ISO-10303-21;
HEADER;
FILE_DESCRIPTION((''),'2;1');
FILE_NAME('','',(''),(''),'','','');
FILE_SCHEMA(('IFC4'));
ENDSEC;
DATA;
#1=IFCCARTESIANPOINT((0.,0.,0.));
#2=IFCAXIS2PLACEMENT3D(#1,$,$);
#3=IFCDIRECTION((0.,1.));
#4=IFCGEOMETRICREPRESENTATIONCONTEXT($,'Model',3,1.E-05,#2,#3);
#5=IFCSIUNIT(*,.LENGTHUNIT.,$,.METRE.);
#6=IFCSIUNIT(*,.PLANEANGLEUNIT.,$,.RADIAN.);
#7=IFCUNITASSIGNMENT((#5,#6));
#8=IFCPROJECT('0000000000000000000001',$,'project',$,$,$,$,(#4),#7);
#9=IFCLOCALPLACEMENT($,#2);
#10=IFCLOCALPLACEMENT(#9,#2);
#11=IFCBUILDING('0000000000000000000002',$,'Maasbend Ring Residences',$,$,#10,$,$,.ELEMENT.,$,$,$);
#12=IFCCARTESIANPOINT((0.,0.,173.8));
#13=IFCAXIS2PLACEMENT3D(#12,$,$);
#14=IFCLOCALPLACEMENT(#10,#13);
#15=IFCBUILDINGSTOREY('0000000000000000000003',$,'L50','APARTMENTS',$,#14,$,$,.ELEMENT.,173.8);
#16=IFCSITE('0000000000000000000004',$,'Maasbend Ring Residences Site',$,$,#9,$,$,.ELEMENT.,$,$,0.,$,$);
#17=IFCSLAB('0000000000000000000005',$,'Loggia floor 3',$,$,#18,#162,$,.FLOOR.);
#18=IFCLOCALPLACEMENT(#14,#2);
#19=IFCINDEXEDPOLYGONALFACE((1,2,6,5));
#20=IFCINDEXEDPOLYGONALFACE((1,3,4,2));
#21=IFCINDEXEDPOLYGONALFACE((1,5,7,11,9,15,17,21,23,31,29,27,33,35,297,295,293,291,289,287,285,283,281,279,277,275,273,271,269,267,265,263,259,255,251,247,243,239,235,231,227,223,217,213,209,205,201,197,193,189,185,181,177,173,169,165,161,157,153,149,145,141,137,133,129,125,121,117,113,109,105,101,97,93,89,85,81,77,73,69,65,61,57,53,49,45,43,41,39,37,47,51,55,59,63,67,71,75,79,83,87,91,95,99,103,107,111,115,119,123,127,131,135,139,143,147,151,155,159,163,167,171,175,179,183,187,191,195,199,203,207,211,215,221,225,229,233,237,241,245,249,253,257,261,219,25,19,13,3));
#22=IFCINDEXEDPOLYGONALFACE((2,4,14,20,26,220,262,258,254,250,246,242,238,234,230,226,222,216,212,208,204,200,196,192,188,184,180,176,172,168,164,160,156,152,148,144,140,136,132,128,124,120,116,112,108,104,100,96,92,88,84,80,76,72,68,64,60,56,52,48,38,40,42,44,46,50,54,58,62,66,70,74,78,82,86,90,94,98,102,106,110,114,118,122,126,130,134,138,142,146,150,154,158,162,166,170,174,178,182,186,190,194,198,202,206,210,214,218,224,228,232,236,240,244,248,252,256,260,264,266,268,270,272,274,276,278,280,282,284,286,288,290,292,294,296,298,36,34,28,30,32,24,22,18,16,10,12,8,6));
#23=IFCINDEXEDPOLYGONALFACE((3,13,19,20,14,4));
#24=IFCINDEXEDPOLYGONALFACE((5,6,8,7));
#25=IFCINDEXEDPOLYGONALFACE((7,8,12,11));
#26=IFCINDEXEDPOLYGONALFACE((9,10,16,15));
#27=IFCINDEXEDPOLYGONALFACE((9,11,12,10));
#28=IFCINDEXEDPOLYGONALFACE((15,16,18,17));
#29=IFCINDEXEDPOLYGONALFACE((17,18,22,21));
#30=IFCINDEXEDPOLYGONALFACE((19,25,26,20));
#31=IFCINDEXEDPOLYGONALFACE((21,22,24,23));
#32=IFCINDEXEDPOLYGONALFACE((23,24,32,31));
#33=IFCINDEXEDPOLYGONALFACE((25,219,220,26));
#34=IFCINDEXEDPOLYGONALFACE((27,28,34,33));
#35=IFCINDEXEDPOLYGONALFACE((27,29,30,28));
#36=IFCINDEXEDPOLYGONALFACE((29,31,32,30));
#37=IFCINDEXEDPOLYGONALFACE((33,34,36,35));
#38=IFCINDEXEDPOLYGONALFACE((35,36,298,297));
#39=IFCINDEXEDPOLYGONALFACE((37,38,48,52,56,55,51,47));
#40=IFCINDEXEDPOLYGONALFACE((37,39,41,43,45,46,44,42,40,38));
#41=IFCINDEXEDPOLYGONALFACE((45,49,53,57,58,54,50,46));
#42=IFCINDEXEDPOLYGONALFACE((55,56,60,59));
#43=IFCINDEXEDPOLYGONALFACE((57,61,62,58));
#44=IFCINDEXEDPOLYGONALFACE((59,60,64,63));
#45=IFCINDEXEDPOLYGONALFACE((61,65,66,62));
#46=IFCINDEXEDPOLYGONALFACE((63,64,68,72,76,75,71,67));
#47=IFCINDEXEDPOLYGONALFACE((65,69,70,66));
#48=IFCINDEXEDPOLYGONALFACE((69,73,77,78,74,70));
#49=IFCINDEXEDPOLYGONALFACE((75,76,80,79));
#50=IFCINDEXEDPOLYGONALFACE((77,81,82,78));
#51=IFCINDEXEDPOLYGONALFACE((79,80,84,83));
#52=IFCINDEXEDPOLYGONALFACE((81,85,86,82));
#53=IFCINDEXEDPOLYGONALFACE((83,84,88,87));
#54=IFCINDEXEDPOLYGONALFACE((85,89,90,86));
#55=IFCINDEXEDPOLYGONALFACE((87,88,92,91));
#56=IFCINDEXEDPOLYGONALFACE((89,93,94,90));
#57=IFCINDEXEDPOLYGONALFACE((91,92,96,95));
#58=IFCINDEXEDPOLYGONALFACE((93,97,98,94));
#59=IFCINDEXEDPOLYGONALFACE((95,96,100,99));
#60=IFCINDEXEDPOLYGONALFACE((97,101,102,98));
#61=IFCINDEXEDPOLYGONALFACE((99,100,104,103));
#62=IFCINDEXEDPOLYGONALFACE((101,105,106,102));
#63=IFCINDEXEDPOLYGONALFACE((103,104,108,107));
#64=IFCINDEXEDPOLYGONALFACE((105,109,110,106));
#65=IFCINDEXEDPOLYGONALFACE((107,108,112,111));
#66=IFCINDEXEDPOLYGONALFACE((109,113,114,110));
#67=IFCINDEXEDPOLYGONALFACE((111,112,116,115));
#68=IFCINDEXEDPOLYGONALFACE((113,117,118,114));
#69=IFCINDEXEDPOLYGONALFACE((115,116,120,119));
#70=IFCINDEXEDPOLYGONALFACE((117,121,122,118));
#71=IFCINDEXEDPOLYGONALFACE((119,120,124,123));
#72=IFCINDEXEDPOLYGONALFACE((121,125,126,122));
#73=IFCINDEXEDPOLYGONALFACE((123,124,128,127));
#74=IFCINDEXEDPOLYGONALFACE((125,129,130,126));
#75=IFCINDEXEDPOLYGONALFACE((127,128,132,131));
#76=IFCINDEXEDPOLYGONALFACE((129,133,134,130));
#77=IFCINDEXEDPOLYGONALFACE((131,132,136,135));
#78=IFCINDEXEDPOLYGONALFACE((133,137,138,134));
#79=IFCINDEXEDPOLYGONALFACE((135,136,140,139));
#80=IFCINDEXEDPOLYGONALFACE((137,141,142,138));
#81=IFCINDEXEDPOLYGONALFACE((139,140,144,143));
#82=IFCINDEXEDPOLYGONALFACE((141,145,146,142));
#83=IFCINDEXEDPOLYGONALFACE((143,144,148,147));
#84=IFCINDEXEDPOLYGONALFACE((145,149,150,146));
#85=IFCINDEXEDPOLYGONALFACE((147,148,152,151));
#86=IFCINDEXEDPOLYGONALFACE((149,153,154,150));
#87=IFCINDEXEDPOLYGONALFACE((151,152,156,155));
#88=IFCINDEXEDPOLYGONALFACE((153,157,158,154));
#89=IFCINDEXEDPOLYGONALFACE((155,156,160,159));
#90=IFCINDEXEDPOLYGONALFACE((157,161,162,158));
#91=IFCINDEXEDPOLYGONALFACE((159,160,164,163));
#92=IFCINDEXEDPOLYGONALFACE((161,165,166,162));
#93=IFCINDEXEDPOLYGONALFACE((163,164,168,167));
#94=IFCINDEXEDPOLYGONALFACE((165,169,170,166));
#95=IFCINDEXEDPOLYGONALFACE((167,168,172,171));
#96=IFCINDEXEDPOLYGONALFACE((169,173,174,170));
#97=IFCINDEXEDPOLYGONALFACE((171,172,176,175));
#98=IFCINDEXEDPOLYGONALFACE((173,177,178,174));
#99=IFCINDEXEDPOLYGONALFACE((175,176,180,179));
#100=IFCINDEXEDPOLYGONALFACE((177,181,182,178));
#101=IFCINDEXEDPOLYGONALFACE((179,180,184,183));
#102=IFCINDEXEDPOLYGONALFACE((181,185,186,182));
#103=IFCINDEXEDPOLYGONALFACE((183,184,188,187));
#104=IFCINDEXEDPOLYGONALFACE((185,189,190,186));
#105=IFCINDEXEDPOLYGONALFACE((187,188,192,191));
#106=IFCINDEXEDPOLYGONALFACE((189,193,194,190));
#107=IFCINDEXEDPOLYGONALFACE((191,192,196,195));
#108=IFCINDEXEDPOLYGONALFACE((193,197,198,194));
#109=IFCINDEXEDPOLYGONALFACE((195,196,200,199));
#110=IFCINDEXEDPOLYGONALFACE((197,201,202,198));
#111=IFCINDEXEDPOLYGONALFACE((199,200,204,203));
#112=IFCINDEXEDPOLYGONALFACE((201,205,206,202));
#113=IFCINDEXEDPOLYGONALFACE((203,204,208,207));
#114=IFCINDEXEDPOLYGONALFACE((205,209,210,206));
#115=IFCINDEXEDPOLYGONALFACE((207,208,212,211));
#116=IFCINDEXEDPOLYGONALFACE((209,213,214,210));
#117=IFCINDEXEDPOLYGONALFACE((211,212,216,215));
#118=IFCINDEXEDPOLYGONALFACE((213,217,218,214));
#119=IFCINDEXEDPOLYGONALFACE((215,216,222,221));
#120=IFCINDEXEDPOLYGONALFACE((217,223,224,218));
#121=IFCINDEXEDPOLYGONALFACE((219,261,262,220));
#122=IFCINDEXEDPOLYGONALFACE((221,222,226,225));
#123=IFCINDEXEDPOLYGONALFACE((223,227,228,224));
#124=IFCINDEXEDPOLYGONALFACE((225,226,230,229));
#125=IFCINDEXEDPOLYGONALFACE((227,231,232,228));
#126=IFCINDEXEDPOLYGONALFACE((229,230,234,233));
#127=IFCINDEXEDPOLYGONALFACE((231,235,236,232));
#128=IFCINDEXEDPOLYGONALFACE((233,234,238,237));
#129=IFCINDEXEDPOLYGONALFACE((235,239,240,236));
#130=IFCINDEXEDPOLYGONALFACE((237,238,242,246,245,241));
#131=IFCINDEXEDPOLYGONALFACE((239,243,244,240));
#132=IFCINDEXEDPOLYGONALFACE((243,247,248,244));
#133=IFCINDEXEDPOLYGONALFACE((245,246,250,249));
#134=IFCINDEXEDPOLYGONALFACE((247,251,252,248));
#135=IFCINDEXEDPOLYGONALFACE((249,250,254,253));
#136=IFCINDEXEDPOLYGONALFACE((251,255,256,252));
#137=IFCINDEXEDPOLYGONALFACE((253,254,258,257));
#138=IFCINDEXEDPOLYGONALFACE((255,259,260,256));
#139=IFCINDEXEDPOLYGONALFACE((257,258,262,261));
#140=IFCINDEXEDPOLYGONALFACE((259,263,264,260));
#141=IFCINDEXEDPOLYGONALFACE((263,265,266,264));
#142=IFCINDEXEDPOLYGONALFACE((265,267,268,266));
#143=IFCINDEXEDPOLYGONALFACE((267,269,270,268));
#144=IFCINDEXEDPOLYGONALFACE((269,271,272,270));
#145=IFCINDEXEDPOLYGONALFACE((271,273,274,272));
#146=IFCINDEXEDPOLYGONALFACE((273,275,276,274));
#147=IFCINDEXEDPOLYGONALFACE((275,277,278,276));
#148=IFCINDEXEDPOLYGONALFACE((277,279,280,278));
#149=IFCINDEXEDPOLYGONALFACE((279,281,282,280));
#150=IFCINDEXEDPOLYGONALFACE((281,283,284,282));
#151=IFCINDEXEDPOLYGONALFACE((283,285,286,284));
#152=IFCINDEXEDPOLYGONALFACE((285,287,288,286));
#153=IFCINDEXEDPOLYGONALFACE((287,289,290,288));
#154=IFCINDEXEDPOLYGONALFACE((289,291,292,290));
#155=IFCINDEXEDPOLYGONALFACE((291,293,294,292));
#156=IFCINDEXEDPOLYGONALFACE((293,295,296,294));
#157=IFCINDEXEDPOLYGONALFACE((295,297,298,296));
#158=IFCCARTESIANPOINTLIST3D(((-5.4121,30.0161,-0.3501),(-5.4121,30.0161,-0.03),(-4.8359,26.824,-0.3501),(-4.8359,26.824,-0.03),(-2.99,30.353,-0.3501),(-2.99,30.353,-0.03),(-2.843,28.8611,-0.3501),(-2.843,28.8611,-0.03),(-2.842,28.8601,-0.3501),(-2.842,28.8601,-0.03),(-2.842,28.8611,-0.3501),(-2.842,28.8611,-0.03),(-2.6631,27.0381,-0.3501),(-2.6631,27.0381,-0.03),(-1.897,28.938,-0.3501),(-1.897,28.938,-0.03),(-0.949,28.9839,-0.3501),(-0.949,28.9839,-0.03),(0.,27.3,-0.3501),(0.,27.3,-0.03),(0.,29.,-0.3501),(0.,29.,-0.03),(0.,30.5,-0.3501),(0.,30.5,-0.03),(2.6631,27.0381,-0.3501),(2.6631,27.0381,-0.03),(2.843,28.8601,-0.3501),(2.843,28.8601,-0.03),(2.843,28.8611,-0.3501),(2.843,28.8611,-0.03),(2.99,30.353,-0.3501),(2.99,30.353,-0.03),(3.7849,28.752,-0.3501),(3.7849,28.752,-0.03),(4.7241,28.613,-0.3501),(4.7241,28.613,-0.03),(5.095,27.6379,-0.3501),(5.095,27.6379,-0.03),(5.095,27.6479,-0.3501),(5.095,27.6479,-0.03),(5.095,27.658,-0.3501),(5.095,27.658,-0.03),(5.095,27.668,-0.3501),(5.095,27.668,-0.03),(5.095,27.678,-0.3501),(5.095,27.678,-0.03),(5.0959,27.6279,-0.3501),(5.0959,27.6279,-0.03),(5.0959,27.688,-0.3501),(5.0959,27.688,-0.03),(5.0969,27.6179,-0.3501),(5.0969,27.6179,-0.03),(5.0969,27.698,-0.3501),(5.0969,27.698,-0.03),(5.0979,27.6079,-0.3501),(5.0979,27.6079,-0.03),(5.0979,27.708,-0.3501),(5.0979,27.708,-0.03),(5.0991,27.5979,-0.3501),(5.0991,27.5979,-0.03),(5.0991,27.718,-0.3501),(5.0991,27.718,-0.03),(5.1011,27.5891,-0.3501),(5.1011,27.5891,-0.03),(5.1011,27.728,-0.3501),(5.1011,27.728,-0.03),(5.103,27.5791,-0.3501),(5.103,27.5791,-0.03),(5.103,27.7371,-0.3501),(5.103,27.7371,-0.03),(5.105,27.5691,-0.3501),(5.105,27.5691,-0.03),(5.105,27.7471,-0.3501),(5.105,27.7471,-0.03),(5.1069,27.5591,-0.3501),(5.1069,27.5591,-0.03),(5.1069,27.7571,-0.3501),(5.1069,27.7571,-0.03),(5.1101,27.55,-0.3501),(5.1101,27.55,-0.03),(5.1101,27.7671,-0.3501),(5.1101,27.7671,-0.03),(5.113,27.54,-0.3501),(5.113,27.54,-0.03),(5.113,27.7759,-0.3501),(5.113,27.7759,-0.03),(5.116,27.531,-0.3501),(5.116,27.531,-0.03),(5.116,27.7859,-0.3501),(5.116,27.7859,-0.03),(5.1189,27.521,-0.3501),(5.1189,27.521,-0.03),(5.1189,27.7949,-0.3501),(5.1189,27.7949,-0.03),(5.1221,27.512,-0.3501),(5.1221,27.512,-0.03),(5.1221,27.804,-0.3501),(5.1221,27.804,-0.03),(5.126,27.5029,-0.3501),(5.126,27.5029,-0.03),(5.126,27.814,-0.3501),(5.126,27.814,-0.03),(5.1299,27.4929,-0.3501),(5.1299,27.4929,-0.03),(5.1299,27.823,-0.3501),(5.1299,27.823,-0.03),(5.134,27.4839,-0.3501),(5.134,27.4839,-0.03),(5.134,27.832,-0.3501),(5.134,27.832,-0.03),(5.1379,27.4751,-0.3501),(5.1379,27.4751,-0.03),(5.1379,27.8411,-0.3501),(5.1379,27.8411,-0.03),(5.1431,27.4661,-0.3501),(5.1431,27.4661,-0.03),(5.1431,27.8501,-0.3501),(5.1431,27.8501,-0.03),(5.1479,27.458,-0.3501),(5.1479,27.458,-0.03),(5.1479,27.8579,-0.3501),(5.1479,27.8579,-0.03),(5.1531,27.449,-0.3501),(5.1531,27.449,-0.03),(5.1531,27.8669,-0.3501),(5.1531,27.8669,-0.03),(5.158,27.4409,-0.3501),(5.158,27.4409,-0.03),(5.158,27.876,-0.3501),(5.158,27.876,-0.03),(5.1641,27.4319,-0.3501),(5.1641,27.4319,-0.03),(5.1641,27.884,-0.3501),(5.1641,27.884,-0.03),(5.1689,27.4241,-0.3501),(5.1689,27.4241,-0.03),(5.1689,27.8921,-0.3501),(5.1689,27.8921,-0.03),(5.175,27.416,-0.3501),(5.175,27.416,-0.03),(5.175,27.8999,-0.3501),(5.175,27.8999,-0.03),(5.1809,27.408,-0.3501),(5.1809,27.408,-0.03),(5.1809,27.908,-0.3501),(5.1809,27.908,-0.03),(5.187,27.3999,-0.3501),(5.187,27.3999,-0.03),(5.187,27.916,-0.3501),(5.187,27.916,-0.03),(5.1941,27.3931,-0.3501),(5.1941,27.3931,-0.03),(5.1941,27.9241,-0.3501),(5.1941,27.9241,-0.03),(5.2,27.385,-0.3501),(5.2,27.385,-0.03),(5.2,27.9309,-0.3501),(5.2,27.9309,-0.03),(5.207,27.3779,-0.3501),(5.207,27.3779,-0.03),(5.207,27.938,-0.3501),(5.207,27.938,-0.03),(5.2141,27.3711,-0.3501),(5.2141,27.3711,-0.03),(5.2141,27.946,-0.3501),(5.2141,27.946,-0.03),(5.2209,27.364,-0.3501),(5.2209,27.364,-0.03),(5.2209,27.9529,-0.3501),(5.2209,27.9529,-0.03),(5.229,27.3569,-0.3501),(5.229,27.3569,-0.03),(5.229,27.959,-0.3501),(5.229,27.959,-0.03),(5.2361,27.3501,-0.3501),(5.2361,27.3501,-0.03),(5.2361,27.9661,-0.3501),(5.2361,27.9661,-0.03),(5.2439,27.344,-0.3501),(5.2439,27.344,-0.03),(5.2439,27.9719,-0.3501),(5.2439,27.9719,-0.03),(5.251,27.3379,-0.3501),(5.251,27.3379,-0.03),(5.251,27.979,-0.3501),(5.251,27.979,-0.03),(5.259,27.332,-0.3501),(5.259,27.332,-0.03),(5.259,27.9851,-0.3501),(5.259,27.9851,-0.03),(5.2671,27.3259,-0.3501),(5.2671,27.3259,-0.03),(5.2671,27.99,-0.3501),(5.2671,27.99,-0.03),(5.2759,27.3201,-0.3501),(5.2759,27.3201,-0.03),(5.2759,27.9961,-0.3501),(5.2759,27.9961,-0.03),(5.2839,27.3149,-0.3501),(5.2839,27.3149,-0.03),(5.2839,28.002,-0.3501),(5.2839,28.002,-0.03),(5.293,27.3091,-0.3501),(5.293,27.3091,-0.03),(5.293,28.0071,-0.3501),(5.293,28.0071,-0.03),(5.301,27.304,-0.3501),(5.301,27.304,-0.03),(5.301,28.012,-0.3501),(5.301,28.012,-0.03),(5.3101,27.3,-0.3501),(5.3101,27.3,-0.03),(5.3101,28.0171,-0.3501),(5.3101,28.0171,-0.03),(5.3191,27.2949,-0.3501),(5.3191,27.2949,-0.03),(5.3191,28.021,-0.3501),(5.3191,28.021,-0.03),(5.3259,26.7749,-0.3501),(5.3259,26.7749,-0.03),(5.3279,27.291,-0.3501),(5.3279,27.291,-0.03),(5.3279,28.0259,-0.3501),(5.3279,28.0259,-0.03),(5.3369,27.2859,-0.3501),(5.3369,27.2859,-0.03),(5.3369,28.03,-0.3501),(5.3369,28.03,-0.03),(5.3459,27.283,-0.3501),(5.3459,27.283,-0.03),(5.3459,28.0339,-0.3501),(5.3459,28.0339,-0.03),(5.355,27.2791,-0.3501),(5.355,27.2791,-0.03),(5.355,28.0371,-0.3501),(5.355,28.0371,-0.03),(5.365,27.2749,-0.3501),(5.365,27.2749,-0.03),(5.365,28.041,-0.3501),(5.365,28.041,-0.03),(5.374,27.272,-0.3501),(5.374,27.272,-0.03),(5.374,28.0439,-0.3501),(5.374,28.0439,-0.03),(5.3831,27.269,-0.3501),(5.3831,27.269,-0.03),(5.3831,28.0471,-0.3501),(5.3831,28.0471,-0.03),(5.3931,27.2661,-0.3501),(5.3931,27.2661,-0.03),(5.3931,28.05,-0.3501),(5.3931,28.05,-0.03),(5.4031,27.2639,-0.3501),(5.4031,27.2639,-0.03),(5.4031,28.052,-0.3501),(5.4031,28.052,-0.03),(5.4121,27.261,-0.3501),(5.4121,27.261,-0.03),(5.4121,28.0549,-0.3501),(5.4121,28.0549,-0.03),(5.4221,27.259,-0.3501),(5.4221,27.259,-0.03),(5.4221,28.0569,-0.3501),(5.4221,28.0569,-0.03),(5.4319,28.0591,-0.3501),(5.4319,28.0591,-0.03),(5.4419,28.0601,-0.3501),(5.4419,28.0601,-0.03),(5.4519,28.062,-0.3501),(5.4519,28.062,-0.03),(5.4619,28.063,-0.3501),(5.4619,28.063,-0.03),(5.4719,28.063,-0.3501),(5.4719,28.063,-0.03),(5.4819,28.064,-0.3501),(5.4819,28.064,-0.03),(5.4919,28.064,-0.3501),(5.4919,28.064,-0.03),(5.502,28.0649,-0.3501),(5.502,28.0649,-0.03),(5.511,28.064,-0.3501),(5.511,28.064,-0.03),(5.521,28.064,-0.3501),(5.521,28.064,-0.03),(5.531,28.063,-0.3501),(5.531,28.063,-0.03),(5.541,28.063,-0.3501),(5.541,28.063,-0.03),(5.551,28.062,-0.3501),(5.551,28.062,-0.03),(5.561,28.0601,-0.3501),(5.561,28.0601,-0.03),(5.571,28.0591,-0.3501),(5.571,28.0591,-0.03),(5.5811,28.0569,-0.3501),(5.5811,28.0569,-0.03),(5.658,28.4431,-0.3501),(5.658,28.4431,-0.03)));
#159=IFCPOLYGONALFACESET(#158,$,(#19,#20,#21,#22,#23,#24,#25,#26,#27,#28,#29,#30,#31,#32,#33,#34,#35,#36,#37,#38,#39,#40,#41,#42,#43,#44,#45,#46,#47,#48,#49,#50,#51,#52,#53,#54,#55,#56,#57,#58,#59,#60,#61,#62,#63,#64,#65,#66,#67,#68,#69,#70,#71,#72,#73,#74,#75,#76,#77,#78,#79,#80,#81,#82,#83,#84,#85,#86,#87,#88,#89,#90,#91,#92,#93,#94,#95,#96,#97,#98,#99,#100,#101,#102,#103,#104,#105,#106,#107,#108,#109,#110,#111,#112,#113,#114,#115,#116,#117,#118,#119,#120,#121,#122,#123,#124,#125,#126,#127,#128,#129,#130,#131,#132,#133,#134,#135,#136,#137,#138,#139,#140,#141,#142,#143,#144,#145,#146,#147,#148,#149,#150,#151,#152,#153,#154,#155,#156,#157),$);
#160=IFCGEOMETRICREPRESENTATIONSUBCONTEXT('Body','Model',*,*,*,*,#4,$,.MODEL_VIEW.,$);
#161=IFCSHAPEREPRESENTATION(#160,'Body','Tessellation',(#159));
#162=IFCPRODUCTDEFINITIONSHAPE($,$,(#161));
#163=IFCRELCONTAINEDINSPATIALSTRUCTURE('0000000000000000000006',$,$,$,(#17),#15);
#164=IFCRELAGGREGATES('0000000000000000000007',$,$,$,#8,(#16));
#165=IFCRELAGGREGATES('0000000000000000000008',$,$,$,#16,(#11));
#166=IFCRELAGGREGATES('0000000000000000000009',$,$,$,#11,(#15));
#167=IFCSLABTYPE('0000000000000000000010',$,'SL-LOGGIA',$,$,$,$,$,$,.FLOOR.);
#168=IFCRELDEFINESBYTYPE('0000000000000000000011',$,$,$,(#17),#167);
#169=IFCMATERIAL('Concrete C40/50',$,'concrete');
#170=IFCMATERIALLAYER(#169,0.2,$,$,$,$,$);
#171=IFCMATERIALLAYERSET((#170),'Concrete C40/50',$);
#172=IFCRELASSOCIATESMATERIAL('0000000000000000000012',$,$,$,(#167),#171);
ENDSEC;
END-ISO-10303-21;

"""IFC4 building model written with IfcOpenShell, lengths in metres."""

from ifc_helpers import new_model, si_unit, direction, frame, origin, place, context, subcontext, project, spatial, polyline, outline, extrude, material, layer, layer_set, type_object, element, save


model = new_model("IFC4")

# Units and contexts
model_context = context("Model", 3, precision=1e-05, world=origin(), true_north=direction((0.0, 1.0)))
body_context = subcontext(model_context, "Body", "Model", "MODEL_VIEW")
ifc_project = project(units=[si_unit("LENGTHUNIT", "METRE"), si_unit("PLANEANGLEUNIT", "RADIAN")], contexts=[model_context])

# Site, building, storey
site_placement = place(None, origin())
site = spatial("IfcSite", under=ifc_project, at=site_placement, Name="Maasbend Ring Residences Site", CompositionType="ELEMENT", RefElevation=0.0)
building_placement = place(site_placement, origin())
building = spatial("IfcBuilding", under=site, at=building_placement, Name="Maasbend Ring Residences", CompositionType="ELEMENT")
storey_placement = place(building_placement, frame((0.0, 0.0, 173.8)))
storey = spatial("IfcBuildingStorey", under=building, at=storey_placement, Name="L50", Description="APARTMENTS", CompositionType="ELEMENT", Elevation=173.8)

# Slab
ifc_material_1 = material(Name="Concrete C40/50", Category="concrete")
ifc_layer_1 = layer(ifc_material_1, 0.2)
ifc_layer_set_1 = layer_set([ifc_layer_1], Name="Concrete C40/50")
slab_type_1 = type_object("IfcSlabType", Name="SL-LOGGIA", PredefinedType="FLOOR", material=ifc_layer_set_1)
slab_1_placement = place(storey_placement, frame((0.0, 0.0, -0.3501)))
element("IfcSlab", 1, at=slab_1_placement, inside=storey, type_object=slab_type_1, Name="Loggia floor 3", PredefinedType="FLOOR", context=body_context, shape_type="SweptSolid", body=[
    extrude(outline(polyline([(-2.843, 28.8611), (-2.843, 28.8611), (-2.843, 28.8611), (-2.843, 28.8611), (-2.842, 28.8611), (-2.842, 28.8611), (-2.842, 28.8611), (-2.842, 28.8611), (-2.842, 28.8611), (-2.842, 28.8601), (-2.842, 28.8601), (-2.842, 28.8601), (-2.842, 28.8601), (-2.842, 28.8601), (-2.842, 28.8601), (-2.842, 28.8601), (-2.842, 28.8601), (-1.897, 28.938), (-1.897, 28.938), (-0.949, 28.9839), (-0.949, 28.9839), (0.0, 29.0), (0.0, 29.0), (0.0, 29.0), (0.0, 29.0), (0.0, 29.0), (0.0, 29.0), (0.0, 29.0), (0.0, 29.0), (0.0, 29.0), (0.0, 29.0), (0.0, 29.0), (0.0, 29.0), (0.0, 29.0), (0.0, 29.0), (0.0, 29.0), (0.0, 29.0), (0.0, 29.0), (0.0, 30.5), (0.0, 30.5), (0.0, 30.5), (2.99, 30.353), (2.99, 30.353), (2.99, 30.353), (2.843, 28.8611), (2.843, 28.8611), (2.843, 28.8611), (2.843, 28.8611), (2.843, 28.8611), (2.843, 28.8611), (2.843, 28.8611), (2.843, 28.8611), (2.843, 28.8601), (2.843, 28.8601), (2.843, 28.8601), (2.843, 28.8601), (2.843, 28.8601), (2.843, 28.8601), (2.843, 28.8601), (2.843, 28.8601), (2.843, 28.8601), (3.7849, 28.752), (3.7849, 28.752), (4.7241, 28.613), (4.7241, 28.613), (5.658, 28.4431), (5.658, 28.4431), (5.658, 28.4431), (5.5811, 28.0569), (5.5811, 28.0569), (5.571, 28.0591), (5.561, 28.0601), (5.551, 28.062), (5.541, 28.063), (5.531, 28.063), (5.521, 28.064), (5.511, 28.064), (5.502, 28.0649), (5.4919, 28.064), (5.4819, 28.064), (5.4719, 28.063), (5.4619, 28.063), (5.4519, 28.062), (5.4419, 28.0601), (5.4319, 28.0591), (5.4221, 28.0569), (5.4121, 28.0549), (5.4031, 28.052), (5.3931, 28.05), (5.3831, 28.0471), (5.374, 28.0439), (5.365, 28.041), (5.355, 28.0371), (5.3459, 28.0339), (5.3369, 28.03), (5.3279, 28.0259), (5.3191, 28.021), (5.3101, 28.0171), (5.301, 28.012), (5.293, 28.0071), (5.2839, 28.002), (5.2759, 27.9961), (5.2671, 27.99), (5.259, 27.9851), (5.251, 27.979), (5.2439, 27.9719), (5.2361, 27.9661), (5.229, 27.959), (5.2209, 27.9529), (5.2141, 27.946), (5.207, 27.938), (5.2, 27.9309), (5.1941, 27.9241), (5.187, 27.916), (5.1809, 27.908), (5.175, 27.8999), (5.1689, 27.8921), (5.1641, 27.884), (5.158, 27.876), (5.1531, 27.8669), (5.1479, 27.8579), (5.1431, 27.8501), (5.1379, 27.8411), (5.134, 27.832), (5.1299, 27.823), (5.126, 27.814), (5.1221, 27.804), (5.1189, 27.7949), (5.116, 27.7859), (5.113, 27.7759), (5.1101, 27.7671), (5.1069, 27.7571), (5.105, 27.7471), (5.103, 27.7371), (5.1011, 27.728), (5.0991, 27.718), (5.0979, 27.708), (5.0969, 27.698), (5.0959, 27.688), (5.095, 27.678), (5.095, 27.668), (5.095, 27.658), (5.095, 27.6479), (5.095, 27.6379), (5.0959, 27.6279), (5.0969, 27.6179), (5.0979, 27.6079), (5.0991, 27.5979), (5.1011, 27.5891), (5.103, 27.5791), (5.105, 27.5691), (5.1069, 27.5591), (5.1101, 27.55), (5.113, 27.54), (5.116, 27.531), (5.1189, 27.521), (5.1221, 27.512), (5.126, 27.5029), (5.1299, 27.4929), (5.134, 27.4839), (5.1379, 27.4751), (5.1431, 27.4661), (5.1479, 27.458), (5.1531, 27.449), (5.158, 27.4409), (5.1641, 27.4319), (5.1689, 27.4241), (5.175, 27.416), (5.1809, 27.408), (5.187, 27.3999), (5.1941, 27.3931), (5.2, 27.385), (5.207, 27.3779), (5.2141, 27.3711), (5.2209, 27.364), (5.229, 27.3569), (5.2361, 27.3501), (5.2439, 27.344), (5.251, 27.3379), (5.259, 27.332), (5.2671, 27.3259), (5.2759, 27.3201), (5.2839, 27.3149), (5.293, 27.3091), (5.301, 27.304), (5.3101, 27.3), (5.3191, 27.2949), (5.3279, 27.291), (5.3369, 27.2859), (5.3459, 27.283), (5.355, 27.2791), (5.365, 27.2749), (5.374, 27.272), (5.3831, 27.269), (5.3931, 27.2661), (5.4031, 27.2639), (5.4121, 27.261), (5.4221, 27.259), (5.4221, 27.259), (5.3259, 26.7749), (5.3259, 26.7749), (5.3259, 26.7749), (2.6631, 27.0381), (0.0, 27.3), (0.0, 27.3), (0.0, 27.3), (-2.6631, 27.0381), (-4.8359, 26.824), (-4.8359, 26.824), (-4.8359, 26.824), (-5.4121, 30.0161), (-5.4121, 30.0161), (-5.4121, 30.0161), (-2.99, 30.353), (-2.99, 30.353), (-2.99, 30.353), (-2.843, 28.8611)])), origin(), (0.0, 0.0, 1.0), 0.3201),
])

save(model, "model.ifc")
